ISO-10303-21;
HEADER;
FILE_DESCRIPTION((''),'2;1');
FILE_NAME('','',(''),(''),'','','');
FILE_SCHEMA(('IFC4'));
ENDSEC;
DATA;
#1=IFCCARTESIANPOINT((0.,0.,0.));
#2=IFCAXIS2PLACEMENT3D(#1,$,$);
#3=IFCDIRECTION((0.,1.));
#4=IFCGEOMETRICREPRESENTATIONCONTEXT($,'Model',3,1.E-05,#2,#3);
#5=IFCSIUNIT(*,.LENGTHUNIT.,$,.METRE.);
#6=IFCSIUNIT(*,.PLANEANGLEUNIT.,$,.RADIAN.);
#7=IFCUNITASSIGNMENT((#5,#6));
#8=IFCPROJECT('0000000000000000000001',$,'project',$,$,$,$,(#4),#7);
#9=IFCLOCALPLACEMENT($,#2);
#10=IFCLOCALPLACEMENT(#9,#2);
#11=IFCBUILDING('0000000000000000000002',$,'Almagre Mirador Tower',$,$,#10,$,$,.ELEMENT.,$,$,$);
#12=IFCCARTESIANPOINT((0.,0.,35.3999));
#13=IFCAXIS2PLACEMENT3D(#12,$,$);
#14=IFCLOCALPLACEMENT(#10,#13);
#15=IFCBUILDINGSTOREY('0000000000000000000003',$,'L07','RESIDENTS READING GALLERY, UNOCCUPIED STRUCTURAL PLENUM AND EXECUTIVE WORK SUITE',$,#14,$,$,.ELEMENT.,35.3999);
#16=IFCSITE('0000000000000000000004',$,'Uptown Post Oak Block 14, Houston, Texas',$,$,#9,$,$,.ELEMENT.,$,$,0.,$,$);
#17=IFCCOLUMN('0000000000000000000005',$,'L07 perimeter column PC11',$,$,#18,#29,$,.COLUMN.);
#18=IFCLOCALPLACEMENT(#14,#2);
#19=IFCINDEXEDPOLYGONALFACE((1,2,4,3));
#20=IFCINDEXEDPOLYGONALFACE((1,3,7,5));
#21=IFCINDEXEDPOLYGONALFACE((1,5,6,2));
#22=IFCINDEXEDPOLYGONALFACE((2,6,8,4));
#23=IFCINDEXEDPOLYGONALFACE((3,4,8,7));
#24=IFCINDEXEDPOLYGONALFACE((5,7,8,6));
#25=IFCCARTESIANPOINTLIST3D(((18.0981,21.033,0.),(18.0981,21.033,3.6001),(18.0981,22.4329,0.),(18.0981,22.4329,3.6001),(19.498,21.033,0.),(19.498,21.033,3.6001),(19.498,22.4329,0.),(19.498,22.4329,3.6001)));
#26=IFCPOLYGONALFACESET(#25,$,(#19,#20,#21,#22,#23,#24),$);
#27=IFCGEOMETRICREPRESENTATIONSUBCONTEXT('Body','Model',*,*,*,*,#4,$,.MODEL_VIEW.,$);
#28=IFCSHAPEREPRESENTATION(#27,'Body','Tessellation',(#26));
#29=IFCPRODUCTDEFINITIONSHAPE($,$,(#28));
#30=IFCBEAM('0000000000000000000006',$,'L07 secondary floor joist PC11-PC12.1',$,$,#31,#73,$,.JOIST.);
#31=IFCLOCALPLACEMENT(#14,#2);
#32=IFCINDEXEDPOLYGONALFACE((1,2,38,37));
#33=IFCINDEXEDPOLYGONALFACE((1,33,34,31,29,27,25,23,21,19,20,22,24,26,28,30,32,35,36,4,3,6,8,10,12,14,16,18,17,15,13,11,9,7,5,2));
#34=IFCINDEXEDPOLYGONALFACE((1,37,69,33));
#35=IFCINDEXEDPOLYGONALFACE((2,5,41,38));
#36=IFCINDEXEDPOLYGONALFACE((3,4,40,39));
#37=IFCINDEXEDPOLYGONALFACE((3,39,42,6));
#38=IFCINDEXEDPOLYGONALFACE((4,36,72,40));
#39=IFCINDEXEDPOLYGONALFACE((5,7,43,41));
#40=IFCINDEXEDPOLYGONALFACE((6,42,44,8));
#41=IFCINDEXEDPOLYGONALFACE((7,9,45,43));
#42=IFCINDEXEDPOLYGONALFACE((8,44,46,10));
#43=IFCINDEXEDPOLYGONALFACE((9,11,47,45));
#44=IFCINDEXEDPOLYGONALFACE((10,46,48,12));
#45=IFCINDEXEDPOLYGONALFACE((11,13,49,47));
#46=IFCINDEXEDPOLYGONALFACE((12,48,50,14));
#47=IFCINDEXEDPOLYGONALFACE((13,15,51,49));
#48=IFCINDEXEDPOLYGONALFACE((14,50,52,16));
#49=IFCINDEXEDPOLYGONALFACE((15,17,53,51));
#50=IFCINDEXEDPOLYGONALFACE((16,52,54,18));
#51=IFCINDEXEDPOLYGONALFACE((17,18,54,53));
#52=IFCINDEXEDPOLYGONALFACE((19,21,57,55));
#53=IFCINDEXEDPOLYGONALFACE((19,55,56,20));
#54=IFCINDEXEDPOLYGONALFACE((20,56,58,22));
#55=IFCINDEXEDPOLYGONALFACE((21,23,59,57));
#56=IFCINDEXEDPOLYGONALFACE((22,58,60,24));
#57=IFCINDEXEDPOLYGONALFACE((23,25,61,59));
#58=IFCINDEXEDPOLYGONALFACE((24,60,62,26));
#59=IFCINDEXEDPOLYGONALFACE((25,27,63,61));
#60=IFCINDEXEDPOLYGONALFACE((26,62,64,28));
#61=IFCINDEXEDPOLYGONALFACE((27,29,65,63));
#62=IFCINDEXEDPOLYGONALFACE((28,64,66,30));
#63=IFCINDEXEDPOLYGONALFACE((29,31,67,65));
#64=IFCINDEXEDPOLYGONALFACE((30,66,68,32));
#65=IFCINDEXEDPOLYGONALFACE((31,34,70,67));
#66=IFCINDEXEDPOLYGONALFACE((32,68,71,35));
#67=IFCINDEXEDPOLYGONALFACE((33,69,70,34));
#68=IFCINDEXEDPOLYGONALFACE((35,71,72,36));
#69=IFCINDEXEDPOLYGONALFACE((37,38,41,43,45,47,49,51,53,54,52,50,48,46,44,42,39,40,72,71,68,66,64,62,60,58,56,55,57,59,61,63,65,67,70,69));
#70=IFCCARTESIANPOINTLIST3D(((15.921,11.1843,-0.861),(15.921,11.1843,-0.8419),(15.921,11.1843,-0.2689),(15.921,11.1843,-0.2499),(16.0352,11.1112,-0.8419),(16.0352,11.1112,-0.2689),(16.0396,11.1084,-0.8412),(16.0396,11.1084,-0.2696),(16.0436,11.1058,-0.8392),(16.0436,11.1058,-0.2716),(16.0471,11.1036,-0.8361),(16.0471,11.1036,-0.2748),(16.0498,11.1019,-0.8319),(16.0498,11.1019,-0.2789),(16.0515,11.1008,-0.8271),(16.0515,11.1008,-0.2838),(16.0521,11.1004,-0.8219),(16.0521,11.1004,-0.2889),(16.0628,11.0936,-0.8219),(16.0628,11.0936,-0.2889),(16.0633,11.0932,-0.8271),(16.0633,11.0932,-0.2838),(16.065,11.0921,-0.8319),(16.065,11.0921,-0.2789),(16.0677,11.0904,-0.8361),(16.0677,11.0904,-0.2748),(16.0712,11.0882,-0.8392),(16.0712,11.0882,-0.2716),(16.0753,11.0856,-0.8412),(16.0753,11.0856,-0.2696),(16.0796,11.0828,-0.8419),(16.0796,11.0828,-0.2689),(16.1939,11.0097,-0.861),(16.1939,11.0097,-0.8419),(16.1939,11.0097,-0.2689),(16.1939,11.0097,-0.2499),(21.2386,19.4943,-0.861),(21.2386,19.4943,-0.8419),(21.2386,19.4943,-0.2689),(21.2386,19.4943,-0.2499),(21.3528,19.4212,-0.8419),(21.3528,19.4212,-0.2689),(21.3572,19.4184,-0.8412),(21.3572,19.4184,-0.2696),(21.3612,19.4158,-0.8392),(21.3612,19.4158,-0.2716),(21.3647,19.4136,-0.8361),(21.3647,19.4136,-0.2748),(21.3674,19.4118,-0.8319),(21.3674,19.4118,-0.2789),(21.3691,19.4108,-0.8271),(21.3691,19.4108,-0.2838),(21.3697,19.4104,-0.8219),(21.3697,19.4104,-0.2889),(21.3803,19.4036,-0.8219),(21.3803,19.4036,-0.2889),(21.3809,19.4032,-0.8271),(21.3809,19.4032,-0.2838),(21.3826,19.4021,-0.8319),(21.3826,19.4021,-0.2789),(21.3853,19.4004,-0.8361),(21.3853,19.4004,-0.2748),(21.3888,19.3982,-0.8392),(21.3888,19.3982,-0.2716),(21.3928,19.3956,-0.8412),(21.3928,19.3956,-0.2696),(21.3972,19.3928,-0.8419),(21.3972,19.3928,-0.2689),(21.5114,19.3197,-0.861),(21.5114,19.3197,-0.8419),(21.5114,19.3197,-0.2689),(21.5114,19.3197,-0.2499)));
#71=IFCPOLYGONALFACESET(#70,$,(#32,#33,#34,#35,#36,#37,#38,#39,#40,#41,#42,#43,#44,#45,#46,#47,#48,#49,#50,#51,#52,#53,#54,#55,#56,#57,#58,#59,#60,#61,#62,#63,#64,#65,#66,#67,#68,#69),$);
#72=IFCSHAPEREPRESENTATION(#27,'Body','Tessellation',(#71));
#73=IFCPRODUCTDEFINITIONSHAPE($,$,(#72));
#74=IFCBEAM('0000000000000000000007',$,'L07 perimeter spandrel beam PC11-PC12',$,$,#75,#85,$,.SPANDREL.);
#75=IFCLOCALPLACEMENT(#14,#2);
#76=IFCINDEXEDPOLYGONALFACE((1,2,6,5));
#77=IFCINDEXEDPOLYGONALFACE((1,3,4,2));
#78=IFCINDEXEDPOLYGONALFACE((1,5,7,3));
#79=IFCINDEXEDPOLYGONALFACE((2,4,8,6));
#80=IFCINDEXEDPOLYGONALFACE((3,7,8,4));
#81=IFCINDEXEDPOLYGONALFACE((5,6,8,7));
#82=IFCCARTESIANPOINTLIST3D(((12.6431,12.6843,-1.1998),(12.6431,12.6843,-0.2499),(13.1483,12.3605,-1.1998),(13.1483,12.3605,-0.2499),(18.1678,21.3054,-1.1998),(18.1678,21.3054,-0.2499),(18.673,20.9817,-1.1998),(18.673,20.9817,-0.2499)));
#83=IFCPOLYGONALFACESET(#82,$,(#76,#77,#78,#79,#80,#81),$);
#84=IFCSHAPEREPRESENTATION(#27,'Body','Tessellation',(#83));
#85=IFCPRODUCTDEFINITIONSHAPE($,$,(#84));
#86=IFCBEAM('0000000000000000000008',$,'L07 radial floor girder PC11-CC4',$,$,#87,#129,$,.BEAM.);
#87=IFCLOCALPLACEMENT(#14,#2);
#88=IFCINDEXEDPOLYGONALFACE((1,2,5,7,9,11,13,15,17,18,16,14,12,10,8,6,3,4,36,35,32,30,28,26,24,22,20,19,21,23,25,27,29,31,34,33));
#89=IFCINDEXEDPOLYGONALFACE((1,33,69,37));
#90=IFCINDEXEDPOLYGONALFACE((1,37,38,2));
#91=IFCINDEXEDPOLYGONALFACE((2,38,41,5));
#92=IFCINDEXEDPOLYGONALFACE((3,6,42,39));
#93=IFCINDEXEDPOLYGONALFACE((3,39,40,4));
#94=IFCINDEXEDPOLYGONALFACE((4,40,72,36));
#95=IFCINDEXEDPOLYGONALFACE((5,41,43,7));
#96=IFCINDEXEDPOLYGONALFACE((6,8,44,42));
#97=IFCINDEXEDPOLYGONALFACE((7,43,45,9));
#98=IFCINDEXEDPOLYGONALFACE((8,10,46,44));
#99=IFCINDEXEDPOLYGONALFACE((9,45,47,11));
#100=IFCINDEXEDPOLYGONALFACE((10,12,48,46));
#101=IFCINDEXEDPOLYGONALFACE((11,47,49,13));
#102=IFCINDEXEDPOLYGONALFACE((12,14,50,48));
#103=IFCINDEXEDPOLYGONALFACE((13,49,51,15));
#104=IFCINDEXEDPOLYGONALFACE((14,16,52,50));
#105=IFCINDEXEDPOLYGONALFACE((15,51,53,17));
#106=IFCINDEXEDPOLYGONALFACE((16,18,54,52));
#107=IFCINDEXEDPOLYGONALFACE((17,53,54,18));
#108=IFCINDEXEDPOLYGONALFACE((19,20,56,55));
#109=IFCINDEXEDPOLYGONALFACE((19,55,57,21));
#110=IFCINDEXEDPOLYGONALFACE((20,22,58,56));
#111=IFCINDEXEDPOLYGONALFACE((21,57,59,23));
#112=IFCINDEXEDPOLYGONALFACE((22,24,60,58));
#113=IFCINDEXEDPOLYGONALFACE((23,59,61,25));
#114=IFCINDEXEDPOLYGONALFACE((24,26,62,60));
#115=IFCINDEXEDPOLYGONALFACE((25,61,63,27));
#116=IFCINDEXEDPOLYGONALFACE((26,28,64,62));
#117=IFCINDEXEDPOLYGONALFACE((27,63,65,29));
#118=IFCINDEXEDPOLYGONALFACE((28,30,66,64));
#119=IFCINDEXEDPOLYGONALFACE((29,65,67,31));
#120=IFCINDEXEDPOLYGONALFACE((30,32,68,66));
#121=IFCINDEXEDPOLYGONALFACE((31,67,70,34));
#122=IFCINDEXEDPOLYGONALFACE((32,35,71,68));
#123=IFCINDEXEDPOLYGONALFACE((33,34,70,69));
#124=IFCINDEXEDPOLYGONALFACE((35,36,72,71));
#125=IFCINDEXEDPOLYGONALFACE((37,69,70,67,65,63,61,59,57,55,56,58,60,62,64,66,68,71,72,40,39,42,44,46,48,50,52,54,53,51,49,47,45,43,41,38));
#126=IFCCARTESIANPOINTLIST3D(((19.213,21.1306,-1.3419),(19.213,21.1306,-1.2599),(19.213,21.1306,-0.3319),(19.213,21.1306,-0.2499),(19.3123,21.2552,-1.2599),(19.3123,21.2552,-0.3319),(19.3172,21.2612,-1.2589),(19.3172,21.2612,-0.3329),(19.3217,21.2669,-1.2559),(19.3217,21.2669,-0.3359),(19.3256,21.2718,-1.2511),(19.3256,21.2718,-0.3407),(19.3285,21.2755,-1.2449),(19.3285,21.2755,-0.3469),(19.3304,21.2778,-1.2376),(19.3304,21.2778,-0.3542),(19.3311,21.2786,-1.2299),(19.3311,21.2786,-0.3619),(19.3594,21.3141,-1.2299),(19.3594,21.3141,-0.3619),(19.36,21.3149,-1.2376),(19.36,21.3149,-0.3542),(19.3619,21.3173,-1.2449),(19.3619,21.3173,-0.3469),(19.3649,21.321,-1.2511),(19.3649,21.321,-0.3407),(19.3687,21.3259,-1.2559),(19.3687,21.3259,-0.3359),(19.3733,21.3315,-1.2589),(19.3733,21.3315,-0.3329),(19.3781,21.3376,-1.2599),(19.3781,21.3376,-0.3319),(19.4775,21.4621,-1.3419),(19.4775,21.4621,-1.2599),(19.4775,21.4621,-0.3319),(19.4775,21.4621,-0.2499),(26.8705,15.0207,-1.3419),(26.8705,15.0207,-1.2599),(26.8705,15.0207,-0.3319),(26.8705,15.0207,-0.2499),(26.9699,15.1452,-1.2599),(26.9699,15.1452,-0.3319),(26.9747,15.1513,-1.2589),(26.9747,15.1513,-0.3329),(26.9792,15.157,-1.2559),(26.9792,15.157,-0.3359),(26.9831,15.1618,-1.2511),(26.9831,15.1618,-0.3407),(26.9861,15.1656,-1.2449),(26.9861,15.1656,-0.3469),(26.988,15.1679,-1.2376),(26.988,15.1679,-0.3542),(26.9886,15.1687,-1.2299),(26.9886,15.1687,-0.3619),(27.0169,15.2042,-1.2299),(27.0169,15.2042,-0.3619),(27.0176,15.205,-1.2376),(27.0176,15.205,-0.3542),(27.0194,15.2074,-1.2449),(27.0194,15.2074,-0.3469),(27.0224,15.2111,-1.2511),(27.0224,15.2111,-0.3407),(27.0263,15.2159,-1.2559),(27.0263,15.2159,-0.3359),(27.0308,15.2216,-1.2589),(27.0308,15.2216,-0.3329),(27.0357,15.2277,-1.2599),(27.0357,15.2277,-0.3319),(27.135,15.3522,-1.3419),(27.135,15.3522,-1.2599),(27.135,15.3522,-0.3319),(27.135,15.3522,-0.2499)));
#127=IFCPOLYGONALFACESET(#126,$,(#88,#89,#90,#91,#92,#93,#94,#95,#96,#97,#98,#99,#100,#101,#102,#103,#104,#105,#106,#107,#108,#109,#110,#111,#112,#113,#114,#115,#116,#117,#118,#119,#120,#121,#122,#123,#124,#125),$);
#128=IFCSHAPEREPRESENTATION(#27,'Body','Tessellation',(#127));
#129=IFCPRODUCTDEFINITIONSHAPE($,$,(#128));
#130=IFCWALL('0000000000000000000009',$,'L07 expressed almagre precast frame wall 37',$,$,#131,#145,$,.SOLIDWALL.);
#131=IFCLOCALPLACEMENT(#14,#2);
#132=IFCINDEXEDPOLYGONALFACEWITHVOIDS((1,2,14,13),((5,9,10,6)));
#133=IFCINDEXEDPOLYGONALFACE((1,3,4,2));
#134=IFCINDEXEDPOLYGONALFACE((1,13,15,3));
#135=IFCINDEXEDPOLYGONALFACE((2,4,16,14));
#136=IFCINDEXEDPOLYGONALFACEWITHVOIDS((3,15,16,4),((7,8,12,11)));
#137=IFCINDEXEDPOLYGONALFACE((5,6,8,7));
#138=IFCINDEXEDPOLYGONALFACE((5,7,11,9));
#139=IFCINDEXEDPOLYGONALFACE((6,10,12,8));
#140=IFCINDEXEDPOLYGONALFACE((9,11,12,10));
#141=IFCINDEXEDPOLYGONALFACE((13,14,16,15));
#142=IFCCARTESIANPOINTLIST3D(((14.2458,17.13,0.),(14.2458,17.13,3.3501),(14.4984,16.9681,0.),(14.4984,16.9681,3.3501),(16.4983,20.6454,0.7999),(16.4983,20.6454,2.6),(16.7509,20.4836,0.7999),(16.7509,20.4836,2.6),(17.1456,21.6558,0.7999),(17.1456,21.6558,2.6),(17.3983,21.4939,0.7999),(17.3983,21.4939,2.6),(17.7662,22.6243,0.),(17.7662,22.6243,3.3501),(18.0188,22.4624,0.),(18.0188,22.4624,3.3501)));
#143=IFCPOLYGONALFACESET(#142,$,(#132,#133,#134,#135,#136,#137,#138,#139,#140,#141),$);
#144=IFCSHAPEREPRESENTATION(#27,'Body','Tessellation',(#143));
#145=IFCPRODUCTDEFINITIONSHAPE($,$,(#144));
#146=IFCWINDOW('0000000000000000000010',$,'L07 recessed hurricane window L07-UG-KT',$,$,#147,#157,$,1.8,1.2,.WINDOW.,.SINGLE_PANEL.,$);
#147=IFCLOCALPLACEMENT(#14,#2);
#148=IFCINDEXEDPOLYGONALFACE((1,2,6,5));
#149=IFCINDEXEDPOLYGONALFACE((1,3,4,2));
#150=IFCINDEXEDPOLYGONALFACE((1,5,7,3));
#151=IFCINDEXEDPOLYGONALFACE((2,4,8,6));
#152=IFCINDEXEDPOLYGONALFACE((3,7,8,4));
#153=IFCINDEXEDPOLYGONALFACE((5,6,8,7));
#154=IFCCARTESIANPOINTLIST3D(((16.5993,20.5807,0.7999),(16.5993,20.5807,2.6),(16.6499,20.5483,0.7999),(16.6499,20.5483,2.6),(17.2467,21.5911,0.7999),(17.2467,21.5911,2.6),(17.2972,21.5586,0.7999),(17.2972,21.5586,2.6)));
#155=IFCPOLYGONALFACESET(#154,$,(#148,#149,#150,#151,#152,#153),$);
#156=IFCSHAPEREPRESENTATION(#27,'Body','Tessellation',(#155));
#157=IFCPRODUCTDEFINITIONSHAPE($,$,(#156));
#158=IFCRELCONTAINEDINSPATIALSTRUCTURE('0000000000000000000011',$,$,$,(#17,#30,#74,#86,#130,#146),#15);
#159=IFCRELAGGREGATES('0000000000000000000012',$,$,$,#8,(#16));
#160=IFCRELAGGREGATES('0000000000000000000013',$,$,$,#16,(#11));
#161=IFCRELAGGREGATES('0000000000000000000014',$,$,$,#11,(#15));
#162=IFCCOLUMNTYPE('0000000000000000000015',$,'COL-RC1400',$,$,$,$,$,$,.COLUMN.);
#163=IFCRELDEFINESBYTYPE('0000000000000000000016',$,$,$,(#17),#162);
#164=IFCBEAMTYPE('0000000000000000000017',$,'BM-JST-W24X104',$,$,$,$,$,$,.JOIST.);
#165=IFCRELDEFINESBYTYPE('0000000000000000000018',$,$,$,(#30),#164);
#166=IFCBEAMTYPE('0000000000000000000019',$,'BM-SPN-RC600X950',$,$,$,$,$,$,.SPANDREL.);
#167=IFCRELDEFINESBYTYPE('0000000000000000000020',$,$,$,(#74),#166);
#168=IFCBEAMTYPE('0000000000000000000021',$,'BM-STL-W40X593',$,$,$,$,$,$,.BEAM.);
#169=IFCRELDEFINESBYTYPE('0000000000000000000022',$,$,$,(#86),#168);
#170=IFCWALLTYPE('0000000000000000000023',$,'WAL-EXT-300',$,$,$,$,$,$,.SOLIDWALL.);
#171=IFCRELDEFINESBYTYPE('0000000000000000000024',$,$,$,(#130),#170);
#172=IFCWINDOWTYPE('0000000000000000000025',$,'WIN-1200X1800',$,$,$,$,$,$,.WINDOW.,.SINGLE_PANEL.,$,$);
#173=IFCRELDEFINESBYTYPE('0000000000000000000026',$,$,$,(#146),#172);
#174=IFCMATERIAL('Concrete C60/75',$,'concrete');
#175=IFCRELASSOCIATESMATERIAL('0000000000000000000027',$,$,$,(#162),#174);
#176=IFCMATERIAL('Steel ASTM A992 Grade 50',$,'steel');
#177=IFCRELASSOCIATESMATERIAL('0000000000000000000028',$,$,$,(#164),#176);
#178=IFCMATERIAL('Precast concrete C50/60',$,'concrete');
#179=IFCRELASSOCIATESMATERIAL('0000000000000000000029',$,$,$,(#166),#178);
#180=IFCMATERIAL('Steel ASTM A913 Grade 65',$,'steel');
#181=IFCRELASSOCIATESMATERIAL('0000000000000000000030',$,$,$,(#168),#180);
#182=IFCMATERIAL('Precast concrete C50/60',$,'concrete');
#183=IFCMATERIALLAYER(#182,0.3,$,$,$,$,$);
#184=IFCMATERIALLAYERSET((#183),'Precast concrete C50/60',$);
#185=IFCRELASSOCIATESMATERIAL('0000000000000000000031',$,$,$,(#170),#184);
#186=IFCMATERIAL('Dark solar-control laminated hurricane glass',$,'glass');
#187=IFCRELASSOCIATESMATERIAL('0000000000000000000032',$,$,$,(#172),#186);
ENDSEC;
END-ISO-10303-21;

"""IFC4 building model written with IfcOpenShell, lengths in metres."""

from ifc_helpers import new_model, si_unit, direction, frame, frame_2d, origin, origin_2d, place, context, subcontext, project, spatial, rectangle, i_section, extrude, material, layer, layer_set, material_profile, profile_set, type_object, element, fill, save


model = new_model("IFC4")

# Units and contexts
model_context = context("Model", 3, precision=1e-05, world=origin(), true_north=direction((0.0, 1.0)))
body_context = subcontext(model_context, "Body", "Model", "MODEL_VIEW")
ifc_project = project(units=[si_unit("LENGTHUNIT", "METRE"), si_unit("PLANEANGLEUNIT", "RADIAN")], contexts=[model_context])

# Site, building, storey
site_placement = place(None, origin())
site = spatial("IfcSite", under=ifc_project, at=site_placement, Name="Uptown Post Oak Block 14, Houston, Texas", CompositionType="ELEMENT", RefElevation=0.0)
building_placement = place(site_placement, origin())
building = spatial("IfcBuilding", under=site, at=building_placement, Name="Almagre Mirador Tower", CompositionType="ELEMENT")
storey_placement = place(building_placement, frame((0.0, 0.0, 35.3999)))
storey = spatial("IfcBuildingStorey", under=building, at=storey_placement, Name="L07", Description="RESIDENTS READING GALLERY, UNOCCUPIED STRUCTURAL PLENUM AND EXECUTIVE WORK SUITE", CompositionType="ELEMENT", Elevation=35.3999)

# Column
ifc_material_1 = material(Name="Concrete C60/75", Category="concrete")
ifc_material_profile_1 = material_profile(ifc_material_1, rectangle(XDim=1.3999, YDim=1.3999, at=origin_2d()), Name="RC1400X1400")
ifc_profile_set_1 = profile_set([ifc_material_profile_1], Name="Concrete C60/75")
column_type = type_object("IfcColumnType", Name="COL-RC1400", PredefinedType="COLUMN", material=ifc_profile_set_1)
column_placement = place(storey_placement, frame((18.7981, 21.7329, 0.0), z_axis=(0.0, 0.0, 1.0), x_axis=(1.0, 0.0, 0.0)))
element("IfcColumn", 1, at=column_placement, inside=storey, type_object=column_type, Name="L07 perimeter column PC11", PredefinedType="COLUMN", context=body_context, shape_type="SweptSolid", body=[
    extrude(rectangle(XDim=1.3999, YDim=1.3999, at=origin_2d()), origin(), (0.0, 0.0, 1.0), 3.6001),
])

# Beams
ifc_material_2 = material(Name="Steel ASTM A992 Grade 50", Category="steel")
ifc_material_profile_2 = material_profile(ifc_material_2, i_section(OverallWidth=0.324, OverallDepth=0.6111, WebThickness=0.0127, FlangeThickness=0.019, FilletRadius=0.02, at=origin_2d()), Name="W24X104")
ifc_profile_set_2 = profile_set([ifc_material_profile_2], Name="Steel ASTM A992 Grade 50")
beam_type_1 = type_object("IfcBeamType", Name="BM-JST-W24X104", PredefinedType="JOIST", material=ifc_profile_set_2)
beam_1_placement = place(storey_placement, frame((21.375, 19.407, -0.5554), z_axis=(-0.538995, -0.842309, 0.0), x_axis=(0.842309, -0.538995, 0.0)))
element("IfcBeam", 2, at=beam_1_placement, inside=storey, type_object=beam_type_1, Name="L07 secondary floor joist PC11-PC12.1", PredefinedType="JOIST", context=body_context, shape_type="SweptSolid", body=[
    extrude(i_section(OverallWidth=0.324, OverallDepth=0.6111, WebThickness=0.0127, FlangeThickness=0.019, FilletRadius=0.02, at=origin_2d()), origin(), (0.0, 0.0, 1.0), 9.8657),
])
ifc_material_3 = material(Name="Precast concrete C50/60", Category="concrete")
ifc_material_profile_3 = material_profile(ifc_material_3, rectangle(XDim=0.6001, YDim=0.95, at=origin_2d()), Name="RC600X950")
ifc_profile_set_3 = profile_set([ifc_material_profile_3], Name="Precast concrete C50/60")
beam_type_2 = type_object("IfcBeamType", Name="BM-SPN-RC600X950", PredefinedType="SPANDREL", material=ifc_profile_set_3)
beam_2_placement = place(storey_placement, frame((18.4204, 21.1436, -0.7249), z_axis=(-0.53955, -0.841954, 0.0), x_axis=(0.841954, -0.53955, 0.0)))
element("IfcBeam", 3, at=beam_2_placement, inside=storey, type_object=beam_type_2, Name="L07 perimeter spandrel beam PC11-PC12", PredefinedType="SPANDREL", context=body_context, shape_type="SweptSolid", body=[
    extrude(rectangle(XDim=0.6001, YDim=0.95, at=origin_2d()), origin(), (0.0, 0.0, 1.0), 10.2395),
])
ifc_material_4 = material(Name="Steel ASTM A913 Grade 65", Category="steel")
ifc_material_profile_4 = material_profile(ifc_material_4, i_section(OverallWidth=0.4241, OverallDepth=1.092, WebThickness=0.0454, FlangeThickness=0.082, FilletRadius=0.03, at=origin_2d()), Name="W40X593")
ifc_profile_set_4 = profile_set([ifc_material_profile_4], Name="Steel ASTM A913 Grade 65")
beam_type_3 = type_object("IfcBeamType", Name="BM-STL-W40X593", PredefinedType="BEAM", material=ifc_profile_set_4)
beam_3_placement = place(storey_placement, frame((19.3452, 21.2964, -0.7959), z_axis=(0.781671, -0.623692, 0.0), x_axis=(0.623692, 0.781671, 0.0)))
element("IfcBeam", 4, at=beam_3_placement, inside=storey, type_object=beam_type_3, Name="L07 radial floor girder PC11-CC4", PredefinedType="BEAM", context=body_context, shape_type="SweptSolid", body=[
    extrude(i_section(OverallWidth=0.4241, OverallDepth=1.092, WebThickness=0.0454, FlangeThickness=0.082, FilletRadius=0.03, at=origin_2d()), origin(), (0.0, 0.0, 1.0), 9.7964),
])

# Wall, opening, window
ifc_material_5 = material(Name="Precast concrete C50/60", Category="concrete")
ifc_layer_1 = layer(ifc_material_5, 0.3)
ifc_layer_set_1 = layer_set([ifc_layer_1], Name="Precast concrete C50/60")
wall_type_1 = type_object("IfcWallType", Name="WAL-EXT-300", PredefinedType="SOLIDWALL", material=ifc_layer_set_1)
wall_1_placement = place(storey_placement, frame((14.3721, 17.0491, 0.0), z_axis=(0.0, 0.0, 1.0), x_axis=(0.5395, 0.841986, 0.0)))
wall_1 = element("IfcWall", 5, at=wall_1_placement, inside=storey, type_object=wall_type_1, Name="L07 expressed almagre precast frame wall 37", PredefinedType="SOLIDWALL", context=body_context, shape_type="SweptSolid", body=[
    extrude(rectangle(XDim=6.5254, YDim=0.3, at=frame_2d((3.2627, 0.0))), origin(), (0.0, 0.0, 1.0), 3.3501),
])
opening_1_placement = place(wall_1_placement, frame((4.175, 0.0, 0.8)))
opening_1 = element("IfcOpeningElement", 6, at=opening_1_placement, cuts=wall_1, PredefinedType="OPENING", context=body_context, shape_type="SweptSolid", body=[
    extrude(rectangle(XDim=1.2, YDim=1.8, at=frame_2d((0.6001, 0.8999))), frame((0.0, 0.1599, 0.0), z_axis=(0.0, -1.0, 0.0), x_axis=(1.0, 0.0, 0.0)), (0.0, 0.0, 1.0), 0.32),
])
ifc_material_6 = material(Name="Dark solar-control laminated hurricane glass", Category="glass")
window_type = type_object("IfcWindowType", Name="WIN-1200X1800", PartitioningType="SINGLE_PANEL", PredefinedType="WINDOW", material=ifc_material_6)
window_placement = place(opening_1_placement, origin())
window = element("IfcWindow", 7, at=window_placement, inside=storey, type_object=window_type, Name="L07 recessed hurricane window L07-UG-KT", OverallHeight=1.8, OverallWidth=1.2, PartitioningType="SINGLE_PANEL", PredefinedType="WINDOW", context=body_context, shape_type="SweptSolid", body=[
    extrude(rectangle(XDim=1.2, YDim=1.8, at=frame_2d((0.6001, 0.8999))), frame((0.0, 0.03, 0.0), z_axis=(0.0, -1.0, 0.0), x_axis=(1.0, 0.0, 0.0)), (0.0, 0.0, 1.0), 0.0601),
])
fill(opening_1, window)

save(model, "model.ifc")
